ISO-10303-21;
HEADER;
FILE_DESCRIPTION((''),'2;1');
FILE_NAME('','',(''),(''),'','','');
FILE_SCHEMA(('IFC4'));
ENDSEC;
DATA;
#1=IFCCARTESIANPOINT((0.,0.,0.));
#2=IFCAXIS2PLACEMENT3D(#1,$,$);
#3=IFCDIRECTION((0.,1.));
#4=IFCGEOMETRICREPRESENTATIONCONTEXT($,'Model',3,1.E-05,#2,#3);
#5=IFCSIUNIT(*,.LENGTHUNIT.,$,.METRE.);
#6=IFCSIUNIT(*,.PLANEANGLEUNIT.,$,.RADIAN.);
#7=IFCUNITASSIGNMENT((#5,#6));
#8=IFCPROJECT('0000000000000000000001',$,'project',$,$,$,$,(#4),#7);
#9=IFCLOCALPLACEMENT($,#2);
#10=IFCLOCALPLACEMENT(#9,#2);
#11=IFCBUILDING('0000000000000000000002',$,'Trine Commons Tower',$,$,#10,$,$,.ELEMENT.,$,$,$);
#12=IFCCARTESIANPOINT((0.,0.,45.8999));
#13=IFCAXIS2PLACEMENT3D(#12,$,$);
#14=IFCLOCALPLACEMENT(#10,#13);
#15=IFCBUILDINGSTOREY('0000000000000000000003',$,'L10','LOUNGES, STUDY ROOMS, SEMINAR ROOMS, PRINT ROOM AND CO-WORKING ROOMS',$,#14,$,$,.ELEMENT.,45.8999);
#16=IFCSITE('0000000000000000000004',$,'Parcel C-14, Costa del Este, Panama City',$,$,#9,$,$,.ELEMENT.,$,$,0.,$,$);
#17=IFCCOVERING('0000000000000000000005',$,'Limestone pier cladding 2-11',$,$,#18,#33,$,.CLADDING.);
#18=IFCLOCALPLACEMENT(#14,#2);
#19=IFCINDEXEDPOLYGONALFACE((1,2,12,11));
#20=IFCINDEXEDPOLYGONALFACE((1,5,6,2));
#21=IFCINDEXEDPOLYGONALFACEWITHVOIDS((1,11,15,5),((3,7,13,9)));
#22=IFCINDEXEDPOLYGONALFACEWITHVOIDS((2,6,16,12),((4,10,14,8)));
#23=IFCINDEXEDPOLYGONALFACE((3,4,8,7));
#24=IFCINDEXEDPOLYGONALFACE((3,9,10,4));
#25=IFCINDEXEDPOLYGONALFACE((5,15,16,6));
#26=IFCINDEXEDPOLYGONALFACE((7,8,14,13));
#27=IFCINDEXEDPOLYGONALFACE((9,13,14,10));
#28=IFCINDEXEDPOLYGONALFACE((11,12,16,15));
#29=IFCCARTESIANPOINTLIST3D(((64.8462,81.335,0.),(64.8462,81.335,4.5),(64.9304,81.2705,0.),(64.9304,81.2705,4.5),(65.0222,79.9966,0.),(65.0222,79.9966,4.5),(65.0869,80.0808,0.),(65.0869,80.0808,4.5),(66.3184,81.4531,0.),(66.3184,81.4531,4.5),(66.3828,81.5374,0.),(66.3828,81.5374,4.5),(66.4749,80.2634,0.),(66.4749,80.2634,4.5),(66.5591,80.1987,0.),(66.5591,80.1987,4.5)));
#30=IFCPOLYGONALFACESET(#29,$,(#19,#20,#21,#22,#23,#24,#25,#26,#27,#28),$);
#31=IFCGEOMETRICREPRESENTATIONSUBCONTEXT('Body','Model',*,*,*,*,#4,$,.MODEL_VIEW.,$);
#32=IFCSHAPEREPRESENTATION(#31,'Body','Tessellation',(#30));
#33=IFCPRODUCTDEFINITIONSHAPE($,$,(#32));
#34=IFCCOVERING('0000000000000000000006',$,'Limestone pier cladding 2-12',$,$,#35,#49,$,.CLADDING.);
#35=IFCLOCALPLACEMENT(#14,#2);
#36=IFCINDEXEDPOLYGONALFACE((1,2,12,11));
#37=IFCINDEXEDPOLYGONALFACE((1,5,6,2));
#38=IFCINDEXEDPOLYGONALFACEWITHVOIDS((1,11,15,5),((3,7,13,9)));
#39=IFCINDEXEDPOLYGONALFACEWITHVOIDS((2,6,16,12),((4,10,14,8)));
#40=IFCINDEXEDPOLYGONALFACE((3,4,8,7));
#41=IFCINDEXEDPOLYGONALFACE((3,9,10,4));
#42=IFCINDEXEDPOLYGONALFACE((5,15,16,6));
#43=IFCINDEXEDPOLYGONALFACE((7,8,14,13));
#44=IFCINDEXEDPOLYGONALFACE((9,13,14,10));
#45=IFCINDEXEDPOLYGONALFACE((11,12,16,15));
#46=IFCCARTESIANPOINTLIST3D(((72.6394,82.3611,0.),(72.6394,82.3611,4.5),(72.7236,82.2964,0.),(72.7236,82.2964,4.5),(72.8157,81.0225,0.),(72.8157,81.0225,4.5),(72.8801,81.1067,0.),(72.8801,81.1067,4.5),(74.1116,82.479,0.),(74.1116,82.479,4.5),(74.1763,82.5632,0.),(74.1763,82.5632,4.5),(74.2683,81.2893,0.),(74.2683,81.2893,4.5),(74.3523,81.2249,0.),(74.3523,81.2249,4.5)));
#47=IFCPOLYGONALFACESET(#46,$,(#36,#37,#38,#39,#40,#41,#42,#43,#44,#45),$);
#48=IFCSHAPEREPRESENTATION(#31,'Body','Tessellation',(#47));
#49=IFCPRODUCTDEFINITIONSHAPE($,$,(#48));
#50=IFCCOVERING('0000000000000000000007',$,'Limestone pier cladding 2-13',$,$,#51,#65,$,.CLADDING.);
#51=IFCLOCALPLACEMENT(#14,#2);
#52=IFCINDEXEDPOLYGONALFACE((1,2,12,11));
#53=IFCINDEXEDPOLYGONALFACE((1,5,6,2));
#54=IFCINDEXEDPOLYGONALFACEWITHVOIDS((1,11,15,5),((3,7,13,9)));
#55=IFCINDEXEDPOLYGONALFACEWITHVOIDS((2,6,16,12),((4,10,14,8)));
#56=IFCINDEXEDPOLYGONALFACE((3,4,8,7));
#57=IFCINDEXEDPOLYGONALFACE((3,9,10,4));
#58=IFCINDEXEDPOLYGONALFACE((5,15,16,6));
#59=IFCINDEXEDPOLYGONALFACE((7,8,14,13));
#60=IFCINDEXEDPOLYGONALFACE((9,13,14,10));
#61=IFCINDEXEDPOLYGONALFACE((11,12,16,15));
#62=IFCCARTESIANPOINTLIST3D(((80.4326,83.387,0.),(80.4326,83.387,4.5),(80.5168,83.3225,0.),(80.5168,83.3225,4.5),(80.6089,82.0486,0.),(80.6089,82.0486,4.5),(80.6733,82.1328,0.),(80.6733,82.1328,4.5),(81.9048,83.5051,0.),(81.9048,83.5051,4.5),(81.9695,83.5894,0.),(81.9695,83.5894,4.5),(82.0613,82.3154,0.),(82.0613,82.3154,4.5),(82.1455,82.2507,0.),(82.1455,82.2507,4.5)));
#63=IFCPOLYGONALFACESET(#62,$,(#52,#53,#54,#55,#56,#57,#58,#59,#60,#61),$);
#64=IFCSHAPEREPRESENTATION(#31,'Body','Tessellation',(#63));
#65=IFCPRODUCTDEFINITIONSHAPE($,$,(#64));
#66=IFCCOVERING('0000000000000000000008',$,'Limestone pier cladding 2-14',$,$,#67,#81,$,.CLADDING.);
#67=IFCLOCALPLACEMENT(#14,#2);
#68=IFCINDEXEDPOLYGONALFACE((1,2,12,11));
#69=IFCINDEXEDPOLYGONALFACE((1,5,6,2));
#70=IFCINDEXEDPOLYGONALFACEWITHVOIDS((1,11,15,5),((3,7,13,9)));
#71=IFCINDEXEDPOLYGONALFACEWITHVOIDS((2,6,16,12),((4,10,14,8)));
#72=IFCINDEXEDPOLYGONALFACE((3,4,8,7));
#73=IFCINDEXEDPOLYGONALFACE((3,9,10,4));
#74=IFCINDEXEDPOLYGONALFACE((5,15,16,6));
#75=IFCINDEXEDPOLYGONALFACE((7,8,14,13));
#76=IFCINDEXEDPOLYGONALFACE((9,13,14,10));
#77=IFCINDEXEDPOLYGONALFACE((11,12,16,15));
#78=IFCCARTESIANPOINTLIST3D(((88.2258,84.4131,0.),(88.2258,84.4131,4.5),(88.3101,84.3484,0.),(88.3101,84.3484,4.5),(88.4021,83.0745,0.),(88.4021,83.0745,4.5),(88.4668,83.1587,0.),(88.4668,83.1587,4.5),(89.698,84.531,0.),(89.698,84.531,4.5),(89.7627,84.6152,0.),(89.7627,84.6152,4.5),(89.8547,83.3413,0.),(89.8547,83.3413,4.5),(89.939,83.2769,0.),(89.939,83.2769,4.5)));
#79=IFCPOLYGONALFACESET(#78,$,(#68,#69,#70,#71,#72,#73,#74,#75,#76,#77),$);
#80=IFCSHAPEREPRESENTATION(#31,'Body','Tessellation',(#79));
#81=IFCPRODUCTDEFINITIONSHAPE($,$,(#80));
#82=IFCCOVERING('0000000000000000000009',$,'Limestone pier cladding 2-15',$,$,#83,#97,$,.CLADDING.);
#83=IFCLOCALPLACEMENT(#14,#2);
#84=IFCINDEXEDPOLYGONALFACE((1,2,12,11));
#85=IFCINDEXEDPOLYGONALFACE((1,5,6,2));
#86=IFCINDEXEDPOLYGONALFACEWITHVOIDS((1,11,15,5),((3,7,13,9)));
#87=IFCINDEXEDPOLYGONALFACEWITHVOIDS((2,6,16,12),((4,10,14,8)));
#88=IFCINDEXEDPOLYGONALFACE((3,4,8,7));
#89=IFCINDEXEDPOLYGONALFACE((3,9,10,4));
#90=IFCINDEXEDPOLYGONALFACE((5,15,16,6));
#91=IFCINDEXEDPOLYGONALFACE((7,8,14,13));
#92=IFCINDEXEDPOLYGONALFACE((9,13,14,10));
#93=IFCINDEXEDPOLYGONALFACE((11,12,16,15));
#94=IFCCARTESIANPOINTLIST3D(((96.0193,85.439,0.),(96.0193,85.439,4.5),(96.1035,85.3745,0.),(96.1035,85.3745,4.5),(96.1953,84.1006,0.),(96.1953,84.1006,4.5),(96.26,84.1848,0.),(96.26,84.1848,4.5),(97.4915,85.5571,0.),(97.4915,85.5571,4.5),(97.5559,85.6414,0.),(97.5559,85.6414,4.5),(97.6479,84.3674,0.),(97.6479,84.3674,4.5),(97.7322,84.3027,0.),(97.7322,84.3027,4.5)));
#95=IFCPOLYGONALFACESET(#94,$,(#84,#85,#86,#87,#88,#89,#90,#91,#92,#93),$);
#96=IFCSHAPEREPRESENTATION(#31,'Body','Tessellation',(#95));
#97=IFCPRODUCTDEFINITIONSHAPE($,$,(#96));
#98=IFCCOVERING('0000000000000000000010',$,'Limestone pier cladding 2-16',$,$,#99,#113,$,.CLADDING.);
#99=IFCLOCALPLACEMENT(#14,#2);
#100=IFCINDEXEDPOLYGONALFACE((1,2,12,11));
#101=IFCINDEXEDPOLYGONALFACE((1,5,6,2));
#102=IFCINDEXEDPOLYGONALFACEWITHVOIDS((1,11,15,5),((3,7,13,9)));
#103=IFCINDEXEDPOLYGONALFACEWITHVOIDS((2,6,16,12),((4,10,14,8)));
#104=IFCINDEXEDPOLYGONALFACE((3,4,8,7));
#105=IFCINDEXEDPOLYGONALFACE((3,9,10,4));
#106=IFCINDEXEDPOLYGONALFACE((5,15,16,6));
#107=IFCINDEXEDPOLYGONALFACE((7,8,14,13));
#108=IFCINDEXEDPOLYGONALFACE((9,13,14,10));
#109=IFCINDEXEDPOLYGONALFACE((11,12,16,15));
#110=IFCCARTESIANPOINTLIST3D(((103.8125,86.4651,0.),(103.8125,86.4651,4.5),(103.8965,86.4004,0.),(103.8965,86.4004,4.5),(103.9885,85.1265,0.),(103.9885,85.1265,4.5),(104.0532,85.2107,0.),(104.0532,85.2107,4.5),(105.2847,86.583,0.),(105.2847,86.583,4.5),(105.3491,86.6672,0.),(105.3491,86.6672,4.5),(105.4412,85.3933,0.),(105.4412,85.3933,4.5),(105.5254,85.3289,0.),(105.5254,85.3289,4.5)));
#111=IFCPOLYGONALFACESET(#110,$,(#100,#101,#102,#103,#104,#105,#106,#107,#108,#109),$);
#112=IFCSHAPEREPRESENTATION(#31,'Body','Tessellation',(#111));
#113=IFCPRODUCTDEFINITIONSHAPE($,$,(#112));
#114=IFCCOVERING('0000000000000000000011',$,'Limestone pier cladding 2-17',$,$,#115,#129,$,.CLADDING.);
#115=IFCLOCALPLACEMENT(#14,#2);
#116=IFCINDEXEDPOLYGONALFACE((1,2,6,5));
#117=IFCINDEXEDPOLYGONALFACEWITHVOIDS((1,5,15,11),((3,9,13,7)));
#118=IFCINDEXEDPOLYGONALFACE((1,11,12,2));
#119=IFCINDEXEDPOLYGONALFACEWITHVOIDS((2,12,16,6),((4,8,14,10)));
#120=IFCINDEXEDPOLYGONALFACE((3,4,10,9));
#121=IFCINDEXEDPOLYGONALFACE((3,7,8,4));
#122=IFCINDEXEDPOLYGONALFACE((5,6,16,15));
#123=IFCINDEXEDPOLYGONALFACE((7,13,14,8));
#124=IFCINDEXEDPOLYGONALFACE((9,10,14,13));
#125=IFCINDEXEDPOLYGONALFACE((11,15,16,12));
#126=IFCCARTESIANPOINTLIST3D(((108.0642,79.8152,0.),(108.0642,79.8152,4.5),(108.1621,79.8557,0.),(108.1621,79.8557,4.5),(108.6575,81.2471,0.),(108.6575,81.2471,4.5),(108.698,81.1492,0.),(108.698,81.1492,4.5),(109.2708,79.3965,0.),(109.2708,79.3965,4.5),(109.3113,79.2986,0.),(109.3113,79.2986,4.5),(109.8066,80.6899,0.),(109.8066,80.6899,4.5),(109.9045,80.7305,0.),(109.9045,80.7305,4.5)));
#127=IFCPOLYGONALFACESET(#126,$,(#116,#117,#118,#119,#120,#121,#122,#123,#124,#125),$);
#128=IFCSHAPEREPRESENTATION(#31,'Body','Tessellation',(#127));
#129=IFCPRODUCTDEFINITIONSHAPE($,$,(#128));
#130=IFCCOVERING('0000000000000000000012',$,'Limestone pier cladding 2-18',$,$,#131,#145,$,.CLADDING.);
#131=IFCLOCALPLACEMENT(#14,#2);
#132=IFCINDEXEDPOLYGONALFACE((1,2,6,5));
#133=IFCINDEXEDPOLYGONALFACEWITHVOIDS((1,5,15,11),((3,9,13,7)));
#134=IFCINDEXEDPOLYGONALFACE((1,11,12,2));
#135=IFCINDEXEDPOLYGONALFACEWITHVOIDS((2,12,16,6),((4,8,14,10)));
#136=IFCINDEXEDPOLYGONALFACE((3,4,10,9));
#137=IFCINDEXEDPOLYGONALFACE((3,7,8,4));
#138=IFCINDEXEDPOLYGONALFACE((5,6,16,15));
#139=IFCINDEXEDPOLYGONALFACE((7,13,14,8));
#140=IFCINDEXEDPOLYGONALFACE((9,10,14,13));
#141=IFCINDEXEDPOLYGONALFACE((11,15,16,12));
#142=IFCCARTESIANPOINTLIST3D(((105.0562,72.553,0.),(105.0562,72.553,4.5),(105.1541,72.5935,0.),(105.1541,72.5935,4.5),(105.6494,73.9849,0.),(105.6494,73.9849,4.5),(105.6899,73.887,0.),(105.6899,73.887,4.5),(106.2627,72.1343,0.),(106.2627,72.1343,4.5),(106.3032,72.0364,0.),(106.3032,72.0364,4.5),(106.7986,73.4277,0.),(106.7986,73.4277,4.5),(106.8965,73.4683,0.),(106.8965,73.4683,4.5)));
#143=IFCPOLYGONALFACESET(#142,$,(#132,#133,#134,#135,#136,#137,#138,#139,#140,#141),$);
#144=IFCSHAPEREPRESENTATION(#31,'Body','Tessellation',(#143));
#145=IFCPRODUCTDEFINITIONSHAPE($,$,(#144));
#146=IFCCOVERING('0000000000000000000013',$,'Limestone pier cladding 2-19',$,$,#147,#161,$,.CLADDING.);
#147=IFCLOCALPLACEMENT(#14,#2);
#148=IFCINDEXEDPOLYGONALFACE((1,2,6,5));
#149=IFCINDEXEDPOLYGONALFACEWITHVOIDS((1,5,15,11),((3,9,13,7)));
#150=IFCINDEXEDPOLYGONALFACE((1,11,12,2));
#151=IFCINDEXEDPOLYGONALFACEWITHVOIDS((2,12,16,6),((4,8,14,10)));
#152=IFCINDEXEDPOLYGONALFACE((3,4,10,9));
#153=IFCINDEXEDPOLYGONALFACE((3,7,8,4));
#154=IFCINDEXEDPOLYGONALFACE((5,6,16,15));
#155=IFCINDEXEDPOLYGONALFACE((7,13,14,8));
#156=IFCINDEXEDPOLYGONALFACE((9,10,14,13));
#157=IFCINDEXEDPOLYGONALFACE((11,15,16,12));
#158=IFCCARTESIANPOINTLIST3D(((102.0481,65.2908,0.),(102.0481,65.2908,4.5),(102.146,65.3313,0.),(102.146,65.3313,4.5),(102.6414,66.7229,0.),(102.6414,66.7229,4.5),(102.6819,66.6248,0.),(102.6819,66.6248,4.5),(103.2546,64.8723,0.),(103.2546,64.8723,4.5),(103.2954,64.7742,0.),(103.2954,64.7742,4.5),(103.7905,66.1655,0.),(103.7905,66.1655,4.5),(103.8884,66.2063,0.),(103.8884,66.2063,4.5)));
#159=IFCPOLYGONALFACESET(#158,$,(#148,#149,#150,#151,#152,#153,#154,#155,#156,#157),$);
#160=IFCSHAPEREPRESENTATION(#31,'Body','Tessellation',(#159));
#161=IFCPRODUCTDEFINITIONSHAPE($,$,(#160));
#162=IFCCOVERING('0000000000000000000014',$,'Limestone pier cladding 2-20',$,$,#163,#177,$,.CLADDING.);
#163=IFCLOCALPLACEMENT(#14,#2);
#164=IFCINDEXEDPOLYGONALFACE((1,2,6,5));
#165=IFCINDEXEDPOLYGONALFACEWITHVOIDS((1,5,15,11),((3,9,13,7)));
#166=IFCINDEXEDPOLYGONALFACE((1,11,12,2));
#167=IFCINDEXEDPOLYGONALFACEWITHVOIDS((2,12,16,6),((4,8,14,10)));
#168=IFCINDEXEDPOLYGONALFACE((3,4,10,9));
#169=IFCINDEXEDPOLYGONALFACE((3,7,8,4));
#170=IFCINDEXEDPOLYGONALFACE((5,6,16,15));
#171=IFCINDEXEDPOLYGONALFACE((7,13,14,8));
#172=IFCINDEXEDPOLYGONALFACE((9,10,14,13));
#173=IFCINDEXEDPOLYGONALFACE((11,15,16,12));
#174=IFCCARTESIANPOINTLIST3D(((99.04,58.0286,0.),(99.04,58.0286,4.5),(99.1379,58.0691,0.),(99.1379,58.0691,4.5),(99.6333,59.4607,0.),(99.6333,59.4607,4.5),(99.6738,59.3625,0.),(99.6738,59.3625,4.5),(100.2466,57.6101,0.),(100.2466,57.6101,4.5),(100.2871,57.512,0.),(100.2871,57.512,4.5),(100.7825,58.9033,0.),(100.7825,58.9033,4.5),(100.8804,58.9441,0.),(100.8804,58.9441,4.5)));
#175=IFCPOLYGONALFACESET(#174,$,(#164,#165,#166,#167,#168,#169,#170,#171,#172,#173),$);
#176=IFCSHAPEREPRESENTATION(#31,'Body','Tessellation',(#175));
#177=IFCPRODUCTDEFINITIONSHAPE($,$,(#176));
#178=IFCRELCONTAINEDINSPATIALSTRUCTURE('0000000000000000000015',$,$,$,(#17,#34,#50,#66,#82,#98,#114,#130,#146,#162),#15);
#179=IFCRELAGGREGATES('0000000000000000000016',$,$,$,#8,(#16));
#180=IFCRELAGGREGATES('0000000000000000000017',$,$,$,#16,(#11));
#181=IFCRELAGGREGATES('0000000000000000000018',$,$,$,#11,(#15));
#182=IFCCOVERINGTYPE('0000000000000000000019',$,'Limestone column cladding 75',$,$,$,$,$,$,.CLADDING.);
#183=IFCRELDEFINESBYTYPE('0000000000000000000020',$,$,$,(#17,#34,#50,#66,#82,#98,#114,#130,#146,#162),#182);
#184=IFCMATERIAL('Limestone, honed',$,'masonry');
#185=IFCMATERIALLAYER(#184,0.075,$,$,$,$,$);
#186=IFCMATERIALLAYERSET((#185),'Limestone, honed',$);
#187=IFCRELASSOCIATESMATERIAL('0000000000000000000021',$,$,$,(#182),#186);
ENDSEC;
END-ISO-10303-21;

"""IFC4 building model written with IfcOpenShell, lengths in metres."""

from ifc_helpers import new_model, si_unit, direction, frame, origin, place, context, subcontext, project, spatial, polyline, outline, extrude, material, layer, layer_set, type_object, element, save


model = new_model("IFC4")

# Units and contexts
model_context = context("Model", 3, precision=1e-05, world=origin(), true_north=direction((0.0, 1.0)))
body_context = subcontext(model_context, "Body", "Model", "MODEL_VIEW")
ifc_project = project(units=[si_unit("LENGTHUNIT", "METRE"), si_unit("PLANEANGLEUNIT", "RADIAN")], contexts=[model_context])

# Site, building, storey
site_placement = place(None, origin())
site = spatial("IfcSite", under=ifc_project, at=site_placement, Name="Parcel C-14, Costa del Este, Panama City", CompositionType="ELEMENT", RefElevation=0.0)
building_placement = place(site_placement, origin())
building = spatial("IfcBuilding", under=site, at=building_placement, Name="Trine Commons Tower", CompositionType="ELEMENT")
storey_placement = place(building_placement, frame((0.0, 0.0, 45.8999)))
storey = spatial("IfcBuildingStorey", under=building, at=storey_placement, Name="L10", Description="LOUNGES, STUDY ROOMS, SEMINAR ROOMS, PRINT ROOM AND CO-WORKING ROOMS", CompositionType="ELEMENT", Elevation=45.8999)

# Coverings
ifc_material_1 = material(Name="Limestone, honed", Category="masonry")
ifc_layer_1 = layer(ifc_material_1, 0.075)
ifc_layer_set_1 = layer_set([ifc_layer_1], Name="Limestone, honed")
covering_type_1 = type_object("IfcCoveringType", Name="Limestone column cladding 75", PredefinedType="CLADDING", material=ifc_layer_set_1)
covering_1_placement = place(storey_placement, origin())
element("IfcCovering", 1, at=covering_1_placement, inside=storey, type_object=covering_type_1, Name="Limestone pier cladding 2-11", PredefinedType="CLADDING", context=body_context, shape_type="SweptSolid", body=[
    extrude(outline(polyline([(66.5591, 80.1987), (66.3828, 81.5374), (64.8462, 81.335), (65.0222, 79.9966), (66.5591, 80.1987)]), holes=[polyline([(66.4749, 80.2634), (66.3184, 81.4531), (64.9304, 81.2705), (65.0869, 80.0808), (66.4749, 80.2634)])]), origin(), (0.0, 0.0, 1.0), 4.5),
])
covering_2_placement = place(storey_placement, origin())
element("IfcCovering", 2, at=covering_2_placement, inside=storey, type_object=covering_type_1, Name="Limestone pier cladding 2-12", PredefinedType="CLADDING", context=body_context, shape_type="SweptSolid", body=[
    extrude(outline(polyline([(74.3523, 81.2249), (74.1763, 82.5632), (72.6394, 82.3611), (72.8157, 81.0225), (74.3523, 81.2249)]), holes=[polyline([(74.2683, 81.2893), (74.1116, 82.479), (72.7236, 82.2964), (72.8801, 81.1067), (74.2683, 81.2893)])]), origin(), (0.0, 0.0, 1.0), 4.5),
])
covering_3_placement = place(storey_placement, origin())
element("IfcCovering", 3, at=covering_3_placement, inside=storey, type_object=covering_type_1, Name="Limestone pier cladding 2-13", PredefinedType="CLADDING", context=body_context, shape_type="SweptSolid", body=[
    extrude(outline(polyline([(82.1455, 82.2507), (81.9695, 83.5894), (80.4326, 83.387), (80.6089, 82.0486), (82.1455, 82.2507)]), holes=[polyline([(82.0613, 82.3154), (81.9048, 83.5051), (80.5168, 83.3225), (80.6733, 82.1328), (82.0613, 82.3154)])]), origin(), (0.0, 0.0, 1.0), 4.5),
])
covering_4_placement = place(storey_placement, origin())
element("IfcCovering", 4, at=covering_4_placement, inside=storey, type_object=covering_type_1, Name="Limestone pier cladding 2-14", PredefinedType="CLADDING", context=body_context, shape_type="SweptSolid", body=[
    extrude(outline(polyline([(89.939, 83.2769), (89.7627, 84.6152), (88.2258, 84.4131), (88.4021, 83.0745), (89.939, 83.2769)]), holes=[polyline([(89.8547, 83.3413), (89.698, 84.531), (88.3101, 84.3484), (88.4668, 83.1587), (89.8547, 83.3413)])]), origin(), (0.0, 0.0, 1.0), 4.5),
])
covering_5_placement = place(storey_placement, origin())
element("IfcCovering", 5, at=covering_5_placement, inside=storey, type_object=covering_type_1, Name="Limestone pier cladding 2-15", PredefinedType="CLADDING", context=body_context, shape_type="SweptSolid", body=[
    extrude(outline(polyline([(97.7322, 84.3027), (97.5559, 85.6414), (96.0193, 85.439), (96.1953, 84.1006), (97.7322, 84.3027)]), holes=[polyline([(97.6479, 84.3674), (97.4915, 85.5571), (96.1035, 85.3745), (96.26, 84.1848), (97.6479, 84.3674)])]), origin(), (0.0, 0.0, 1.0), 4.5),
])
covering_6_placement = place(storey_placement, origin())
element("IfcCovering", 6, at=covering_6_placement, inside=storey, type_object=covering_type_1, Name="Limestone pier cladding 2-16", PredefinedType="CLADDING", context=body_context, shape_type="SweptSolid", body=[
    extrude(outline(polyline([(105.5254, 85.3289), (105.3491, 86.6672), (103.8125, 86.4651), (103.9885, 85.1265), (105.5254, 85.3289)]), holes=[polyline([(105.4412, 85.3933), (105.2847, 86.583), (103.8965, 86.4004), (104.0532, 85.2107), (105.4412, 85.3933)])]), origin(), (0.0, 0.0, 1.0), 4.5),
])
covering_7_placement = place(storey_placement, origin())
element("IfcCovering", 7, at=covering_7_placement, inside=storey, type_object=covering_type_1, Name="Limestone pier cladding 2-17", PredefinedType="CLADDING", context=body_context, shape_type="SweptSolid", body=[
    extrude(outline(polyline([(109.9045, 80.7305), (108.6575, 81.2471), (108.0642, 79.8152), (109.3113, 79.2986), (109.9045, 80.7305)]), holes=[polyline([(109.8066, 80.6899), (108.698, 81.1492), (108.1621, 79.8557), (109.2708, 79.3965), (109.8066, 80.6899)])]), origin(), (0.0, 0.0, 1.0), 4.5),
])
covering_8_placement = place(storey_placement, origin())
element("IfcCovering", 8, at=covering_8_placement, inside=storey, type_object=covering_type_1, Name="Limestone pier cladding 2-18", PredefinedType="CLADDING", context=body_context, shape_type="SweptSolid", body=[
    extrude(outline(polyline([(106.8965, 73.4683), (105.6494, 73.9849), (105.0562, 72.553), (106.3032, 72.0364), (106.8965, 73.4683)]), holes=[polyline([(106.7986, 73.4277), (105.6899, 73.887), (105.1541, 72.5935), (106.2627, 72.1343), (106.7986, 73.4277)])]), origin(), (0.0, 0.0, 1.0), 4.5),
])
covering_9_placement = place(storey_placement, origin())
element("IfcCovering", 9, at=covering_9_placement, inside=storey, type_object=covering_type_1, Name="Limestone pier cladding 2-19", PredefinedType="CLADDING", context=body_context, shape_type="SweptSolid", body=[
    extrude(outline(polyline([(103.8884, 66.2063), (102.6414, 66.7229), (102.0481, 65.2908), (103.2954, 64.7742), (103.8884, 66.2063)]), holes=[polyline([(103.7905, 66.1655), (102.6819, 66.6248), (102.146, 65.3313), (103.2546, 64.8723), (103.7905, 66.1655)])]), origin(), (0.0, 0.0, 1.0), 4.5),
])
covering_10_placement = place(storey_placement, origin())
element("IfcCovering", 10, at=covering_10_placement, inside=storey, type_object=covering_type_1, Name="Limestone pier cladding 2-20", PredefinedType="CLADDING", context=body_context, shape_type="SweptSolid", body=[
    extrude(outline(polyline([(100.8804, 58.9441), (99.6333, 59.4607), (99.04, 58.0286), (100.2871, 57.512), (100.8804, 58.9441)]), holes=[polyline([(100.7825, 58.9033), (99.6738, 59.3625), (99.1379, 58.0691), (100.2466, 57.6101), (100.7825, 58.9033)])]), origin(), (0.0, 0.0, 1.0), 4.5),
])

save(model, "model.ifc")
